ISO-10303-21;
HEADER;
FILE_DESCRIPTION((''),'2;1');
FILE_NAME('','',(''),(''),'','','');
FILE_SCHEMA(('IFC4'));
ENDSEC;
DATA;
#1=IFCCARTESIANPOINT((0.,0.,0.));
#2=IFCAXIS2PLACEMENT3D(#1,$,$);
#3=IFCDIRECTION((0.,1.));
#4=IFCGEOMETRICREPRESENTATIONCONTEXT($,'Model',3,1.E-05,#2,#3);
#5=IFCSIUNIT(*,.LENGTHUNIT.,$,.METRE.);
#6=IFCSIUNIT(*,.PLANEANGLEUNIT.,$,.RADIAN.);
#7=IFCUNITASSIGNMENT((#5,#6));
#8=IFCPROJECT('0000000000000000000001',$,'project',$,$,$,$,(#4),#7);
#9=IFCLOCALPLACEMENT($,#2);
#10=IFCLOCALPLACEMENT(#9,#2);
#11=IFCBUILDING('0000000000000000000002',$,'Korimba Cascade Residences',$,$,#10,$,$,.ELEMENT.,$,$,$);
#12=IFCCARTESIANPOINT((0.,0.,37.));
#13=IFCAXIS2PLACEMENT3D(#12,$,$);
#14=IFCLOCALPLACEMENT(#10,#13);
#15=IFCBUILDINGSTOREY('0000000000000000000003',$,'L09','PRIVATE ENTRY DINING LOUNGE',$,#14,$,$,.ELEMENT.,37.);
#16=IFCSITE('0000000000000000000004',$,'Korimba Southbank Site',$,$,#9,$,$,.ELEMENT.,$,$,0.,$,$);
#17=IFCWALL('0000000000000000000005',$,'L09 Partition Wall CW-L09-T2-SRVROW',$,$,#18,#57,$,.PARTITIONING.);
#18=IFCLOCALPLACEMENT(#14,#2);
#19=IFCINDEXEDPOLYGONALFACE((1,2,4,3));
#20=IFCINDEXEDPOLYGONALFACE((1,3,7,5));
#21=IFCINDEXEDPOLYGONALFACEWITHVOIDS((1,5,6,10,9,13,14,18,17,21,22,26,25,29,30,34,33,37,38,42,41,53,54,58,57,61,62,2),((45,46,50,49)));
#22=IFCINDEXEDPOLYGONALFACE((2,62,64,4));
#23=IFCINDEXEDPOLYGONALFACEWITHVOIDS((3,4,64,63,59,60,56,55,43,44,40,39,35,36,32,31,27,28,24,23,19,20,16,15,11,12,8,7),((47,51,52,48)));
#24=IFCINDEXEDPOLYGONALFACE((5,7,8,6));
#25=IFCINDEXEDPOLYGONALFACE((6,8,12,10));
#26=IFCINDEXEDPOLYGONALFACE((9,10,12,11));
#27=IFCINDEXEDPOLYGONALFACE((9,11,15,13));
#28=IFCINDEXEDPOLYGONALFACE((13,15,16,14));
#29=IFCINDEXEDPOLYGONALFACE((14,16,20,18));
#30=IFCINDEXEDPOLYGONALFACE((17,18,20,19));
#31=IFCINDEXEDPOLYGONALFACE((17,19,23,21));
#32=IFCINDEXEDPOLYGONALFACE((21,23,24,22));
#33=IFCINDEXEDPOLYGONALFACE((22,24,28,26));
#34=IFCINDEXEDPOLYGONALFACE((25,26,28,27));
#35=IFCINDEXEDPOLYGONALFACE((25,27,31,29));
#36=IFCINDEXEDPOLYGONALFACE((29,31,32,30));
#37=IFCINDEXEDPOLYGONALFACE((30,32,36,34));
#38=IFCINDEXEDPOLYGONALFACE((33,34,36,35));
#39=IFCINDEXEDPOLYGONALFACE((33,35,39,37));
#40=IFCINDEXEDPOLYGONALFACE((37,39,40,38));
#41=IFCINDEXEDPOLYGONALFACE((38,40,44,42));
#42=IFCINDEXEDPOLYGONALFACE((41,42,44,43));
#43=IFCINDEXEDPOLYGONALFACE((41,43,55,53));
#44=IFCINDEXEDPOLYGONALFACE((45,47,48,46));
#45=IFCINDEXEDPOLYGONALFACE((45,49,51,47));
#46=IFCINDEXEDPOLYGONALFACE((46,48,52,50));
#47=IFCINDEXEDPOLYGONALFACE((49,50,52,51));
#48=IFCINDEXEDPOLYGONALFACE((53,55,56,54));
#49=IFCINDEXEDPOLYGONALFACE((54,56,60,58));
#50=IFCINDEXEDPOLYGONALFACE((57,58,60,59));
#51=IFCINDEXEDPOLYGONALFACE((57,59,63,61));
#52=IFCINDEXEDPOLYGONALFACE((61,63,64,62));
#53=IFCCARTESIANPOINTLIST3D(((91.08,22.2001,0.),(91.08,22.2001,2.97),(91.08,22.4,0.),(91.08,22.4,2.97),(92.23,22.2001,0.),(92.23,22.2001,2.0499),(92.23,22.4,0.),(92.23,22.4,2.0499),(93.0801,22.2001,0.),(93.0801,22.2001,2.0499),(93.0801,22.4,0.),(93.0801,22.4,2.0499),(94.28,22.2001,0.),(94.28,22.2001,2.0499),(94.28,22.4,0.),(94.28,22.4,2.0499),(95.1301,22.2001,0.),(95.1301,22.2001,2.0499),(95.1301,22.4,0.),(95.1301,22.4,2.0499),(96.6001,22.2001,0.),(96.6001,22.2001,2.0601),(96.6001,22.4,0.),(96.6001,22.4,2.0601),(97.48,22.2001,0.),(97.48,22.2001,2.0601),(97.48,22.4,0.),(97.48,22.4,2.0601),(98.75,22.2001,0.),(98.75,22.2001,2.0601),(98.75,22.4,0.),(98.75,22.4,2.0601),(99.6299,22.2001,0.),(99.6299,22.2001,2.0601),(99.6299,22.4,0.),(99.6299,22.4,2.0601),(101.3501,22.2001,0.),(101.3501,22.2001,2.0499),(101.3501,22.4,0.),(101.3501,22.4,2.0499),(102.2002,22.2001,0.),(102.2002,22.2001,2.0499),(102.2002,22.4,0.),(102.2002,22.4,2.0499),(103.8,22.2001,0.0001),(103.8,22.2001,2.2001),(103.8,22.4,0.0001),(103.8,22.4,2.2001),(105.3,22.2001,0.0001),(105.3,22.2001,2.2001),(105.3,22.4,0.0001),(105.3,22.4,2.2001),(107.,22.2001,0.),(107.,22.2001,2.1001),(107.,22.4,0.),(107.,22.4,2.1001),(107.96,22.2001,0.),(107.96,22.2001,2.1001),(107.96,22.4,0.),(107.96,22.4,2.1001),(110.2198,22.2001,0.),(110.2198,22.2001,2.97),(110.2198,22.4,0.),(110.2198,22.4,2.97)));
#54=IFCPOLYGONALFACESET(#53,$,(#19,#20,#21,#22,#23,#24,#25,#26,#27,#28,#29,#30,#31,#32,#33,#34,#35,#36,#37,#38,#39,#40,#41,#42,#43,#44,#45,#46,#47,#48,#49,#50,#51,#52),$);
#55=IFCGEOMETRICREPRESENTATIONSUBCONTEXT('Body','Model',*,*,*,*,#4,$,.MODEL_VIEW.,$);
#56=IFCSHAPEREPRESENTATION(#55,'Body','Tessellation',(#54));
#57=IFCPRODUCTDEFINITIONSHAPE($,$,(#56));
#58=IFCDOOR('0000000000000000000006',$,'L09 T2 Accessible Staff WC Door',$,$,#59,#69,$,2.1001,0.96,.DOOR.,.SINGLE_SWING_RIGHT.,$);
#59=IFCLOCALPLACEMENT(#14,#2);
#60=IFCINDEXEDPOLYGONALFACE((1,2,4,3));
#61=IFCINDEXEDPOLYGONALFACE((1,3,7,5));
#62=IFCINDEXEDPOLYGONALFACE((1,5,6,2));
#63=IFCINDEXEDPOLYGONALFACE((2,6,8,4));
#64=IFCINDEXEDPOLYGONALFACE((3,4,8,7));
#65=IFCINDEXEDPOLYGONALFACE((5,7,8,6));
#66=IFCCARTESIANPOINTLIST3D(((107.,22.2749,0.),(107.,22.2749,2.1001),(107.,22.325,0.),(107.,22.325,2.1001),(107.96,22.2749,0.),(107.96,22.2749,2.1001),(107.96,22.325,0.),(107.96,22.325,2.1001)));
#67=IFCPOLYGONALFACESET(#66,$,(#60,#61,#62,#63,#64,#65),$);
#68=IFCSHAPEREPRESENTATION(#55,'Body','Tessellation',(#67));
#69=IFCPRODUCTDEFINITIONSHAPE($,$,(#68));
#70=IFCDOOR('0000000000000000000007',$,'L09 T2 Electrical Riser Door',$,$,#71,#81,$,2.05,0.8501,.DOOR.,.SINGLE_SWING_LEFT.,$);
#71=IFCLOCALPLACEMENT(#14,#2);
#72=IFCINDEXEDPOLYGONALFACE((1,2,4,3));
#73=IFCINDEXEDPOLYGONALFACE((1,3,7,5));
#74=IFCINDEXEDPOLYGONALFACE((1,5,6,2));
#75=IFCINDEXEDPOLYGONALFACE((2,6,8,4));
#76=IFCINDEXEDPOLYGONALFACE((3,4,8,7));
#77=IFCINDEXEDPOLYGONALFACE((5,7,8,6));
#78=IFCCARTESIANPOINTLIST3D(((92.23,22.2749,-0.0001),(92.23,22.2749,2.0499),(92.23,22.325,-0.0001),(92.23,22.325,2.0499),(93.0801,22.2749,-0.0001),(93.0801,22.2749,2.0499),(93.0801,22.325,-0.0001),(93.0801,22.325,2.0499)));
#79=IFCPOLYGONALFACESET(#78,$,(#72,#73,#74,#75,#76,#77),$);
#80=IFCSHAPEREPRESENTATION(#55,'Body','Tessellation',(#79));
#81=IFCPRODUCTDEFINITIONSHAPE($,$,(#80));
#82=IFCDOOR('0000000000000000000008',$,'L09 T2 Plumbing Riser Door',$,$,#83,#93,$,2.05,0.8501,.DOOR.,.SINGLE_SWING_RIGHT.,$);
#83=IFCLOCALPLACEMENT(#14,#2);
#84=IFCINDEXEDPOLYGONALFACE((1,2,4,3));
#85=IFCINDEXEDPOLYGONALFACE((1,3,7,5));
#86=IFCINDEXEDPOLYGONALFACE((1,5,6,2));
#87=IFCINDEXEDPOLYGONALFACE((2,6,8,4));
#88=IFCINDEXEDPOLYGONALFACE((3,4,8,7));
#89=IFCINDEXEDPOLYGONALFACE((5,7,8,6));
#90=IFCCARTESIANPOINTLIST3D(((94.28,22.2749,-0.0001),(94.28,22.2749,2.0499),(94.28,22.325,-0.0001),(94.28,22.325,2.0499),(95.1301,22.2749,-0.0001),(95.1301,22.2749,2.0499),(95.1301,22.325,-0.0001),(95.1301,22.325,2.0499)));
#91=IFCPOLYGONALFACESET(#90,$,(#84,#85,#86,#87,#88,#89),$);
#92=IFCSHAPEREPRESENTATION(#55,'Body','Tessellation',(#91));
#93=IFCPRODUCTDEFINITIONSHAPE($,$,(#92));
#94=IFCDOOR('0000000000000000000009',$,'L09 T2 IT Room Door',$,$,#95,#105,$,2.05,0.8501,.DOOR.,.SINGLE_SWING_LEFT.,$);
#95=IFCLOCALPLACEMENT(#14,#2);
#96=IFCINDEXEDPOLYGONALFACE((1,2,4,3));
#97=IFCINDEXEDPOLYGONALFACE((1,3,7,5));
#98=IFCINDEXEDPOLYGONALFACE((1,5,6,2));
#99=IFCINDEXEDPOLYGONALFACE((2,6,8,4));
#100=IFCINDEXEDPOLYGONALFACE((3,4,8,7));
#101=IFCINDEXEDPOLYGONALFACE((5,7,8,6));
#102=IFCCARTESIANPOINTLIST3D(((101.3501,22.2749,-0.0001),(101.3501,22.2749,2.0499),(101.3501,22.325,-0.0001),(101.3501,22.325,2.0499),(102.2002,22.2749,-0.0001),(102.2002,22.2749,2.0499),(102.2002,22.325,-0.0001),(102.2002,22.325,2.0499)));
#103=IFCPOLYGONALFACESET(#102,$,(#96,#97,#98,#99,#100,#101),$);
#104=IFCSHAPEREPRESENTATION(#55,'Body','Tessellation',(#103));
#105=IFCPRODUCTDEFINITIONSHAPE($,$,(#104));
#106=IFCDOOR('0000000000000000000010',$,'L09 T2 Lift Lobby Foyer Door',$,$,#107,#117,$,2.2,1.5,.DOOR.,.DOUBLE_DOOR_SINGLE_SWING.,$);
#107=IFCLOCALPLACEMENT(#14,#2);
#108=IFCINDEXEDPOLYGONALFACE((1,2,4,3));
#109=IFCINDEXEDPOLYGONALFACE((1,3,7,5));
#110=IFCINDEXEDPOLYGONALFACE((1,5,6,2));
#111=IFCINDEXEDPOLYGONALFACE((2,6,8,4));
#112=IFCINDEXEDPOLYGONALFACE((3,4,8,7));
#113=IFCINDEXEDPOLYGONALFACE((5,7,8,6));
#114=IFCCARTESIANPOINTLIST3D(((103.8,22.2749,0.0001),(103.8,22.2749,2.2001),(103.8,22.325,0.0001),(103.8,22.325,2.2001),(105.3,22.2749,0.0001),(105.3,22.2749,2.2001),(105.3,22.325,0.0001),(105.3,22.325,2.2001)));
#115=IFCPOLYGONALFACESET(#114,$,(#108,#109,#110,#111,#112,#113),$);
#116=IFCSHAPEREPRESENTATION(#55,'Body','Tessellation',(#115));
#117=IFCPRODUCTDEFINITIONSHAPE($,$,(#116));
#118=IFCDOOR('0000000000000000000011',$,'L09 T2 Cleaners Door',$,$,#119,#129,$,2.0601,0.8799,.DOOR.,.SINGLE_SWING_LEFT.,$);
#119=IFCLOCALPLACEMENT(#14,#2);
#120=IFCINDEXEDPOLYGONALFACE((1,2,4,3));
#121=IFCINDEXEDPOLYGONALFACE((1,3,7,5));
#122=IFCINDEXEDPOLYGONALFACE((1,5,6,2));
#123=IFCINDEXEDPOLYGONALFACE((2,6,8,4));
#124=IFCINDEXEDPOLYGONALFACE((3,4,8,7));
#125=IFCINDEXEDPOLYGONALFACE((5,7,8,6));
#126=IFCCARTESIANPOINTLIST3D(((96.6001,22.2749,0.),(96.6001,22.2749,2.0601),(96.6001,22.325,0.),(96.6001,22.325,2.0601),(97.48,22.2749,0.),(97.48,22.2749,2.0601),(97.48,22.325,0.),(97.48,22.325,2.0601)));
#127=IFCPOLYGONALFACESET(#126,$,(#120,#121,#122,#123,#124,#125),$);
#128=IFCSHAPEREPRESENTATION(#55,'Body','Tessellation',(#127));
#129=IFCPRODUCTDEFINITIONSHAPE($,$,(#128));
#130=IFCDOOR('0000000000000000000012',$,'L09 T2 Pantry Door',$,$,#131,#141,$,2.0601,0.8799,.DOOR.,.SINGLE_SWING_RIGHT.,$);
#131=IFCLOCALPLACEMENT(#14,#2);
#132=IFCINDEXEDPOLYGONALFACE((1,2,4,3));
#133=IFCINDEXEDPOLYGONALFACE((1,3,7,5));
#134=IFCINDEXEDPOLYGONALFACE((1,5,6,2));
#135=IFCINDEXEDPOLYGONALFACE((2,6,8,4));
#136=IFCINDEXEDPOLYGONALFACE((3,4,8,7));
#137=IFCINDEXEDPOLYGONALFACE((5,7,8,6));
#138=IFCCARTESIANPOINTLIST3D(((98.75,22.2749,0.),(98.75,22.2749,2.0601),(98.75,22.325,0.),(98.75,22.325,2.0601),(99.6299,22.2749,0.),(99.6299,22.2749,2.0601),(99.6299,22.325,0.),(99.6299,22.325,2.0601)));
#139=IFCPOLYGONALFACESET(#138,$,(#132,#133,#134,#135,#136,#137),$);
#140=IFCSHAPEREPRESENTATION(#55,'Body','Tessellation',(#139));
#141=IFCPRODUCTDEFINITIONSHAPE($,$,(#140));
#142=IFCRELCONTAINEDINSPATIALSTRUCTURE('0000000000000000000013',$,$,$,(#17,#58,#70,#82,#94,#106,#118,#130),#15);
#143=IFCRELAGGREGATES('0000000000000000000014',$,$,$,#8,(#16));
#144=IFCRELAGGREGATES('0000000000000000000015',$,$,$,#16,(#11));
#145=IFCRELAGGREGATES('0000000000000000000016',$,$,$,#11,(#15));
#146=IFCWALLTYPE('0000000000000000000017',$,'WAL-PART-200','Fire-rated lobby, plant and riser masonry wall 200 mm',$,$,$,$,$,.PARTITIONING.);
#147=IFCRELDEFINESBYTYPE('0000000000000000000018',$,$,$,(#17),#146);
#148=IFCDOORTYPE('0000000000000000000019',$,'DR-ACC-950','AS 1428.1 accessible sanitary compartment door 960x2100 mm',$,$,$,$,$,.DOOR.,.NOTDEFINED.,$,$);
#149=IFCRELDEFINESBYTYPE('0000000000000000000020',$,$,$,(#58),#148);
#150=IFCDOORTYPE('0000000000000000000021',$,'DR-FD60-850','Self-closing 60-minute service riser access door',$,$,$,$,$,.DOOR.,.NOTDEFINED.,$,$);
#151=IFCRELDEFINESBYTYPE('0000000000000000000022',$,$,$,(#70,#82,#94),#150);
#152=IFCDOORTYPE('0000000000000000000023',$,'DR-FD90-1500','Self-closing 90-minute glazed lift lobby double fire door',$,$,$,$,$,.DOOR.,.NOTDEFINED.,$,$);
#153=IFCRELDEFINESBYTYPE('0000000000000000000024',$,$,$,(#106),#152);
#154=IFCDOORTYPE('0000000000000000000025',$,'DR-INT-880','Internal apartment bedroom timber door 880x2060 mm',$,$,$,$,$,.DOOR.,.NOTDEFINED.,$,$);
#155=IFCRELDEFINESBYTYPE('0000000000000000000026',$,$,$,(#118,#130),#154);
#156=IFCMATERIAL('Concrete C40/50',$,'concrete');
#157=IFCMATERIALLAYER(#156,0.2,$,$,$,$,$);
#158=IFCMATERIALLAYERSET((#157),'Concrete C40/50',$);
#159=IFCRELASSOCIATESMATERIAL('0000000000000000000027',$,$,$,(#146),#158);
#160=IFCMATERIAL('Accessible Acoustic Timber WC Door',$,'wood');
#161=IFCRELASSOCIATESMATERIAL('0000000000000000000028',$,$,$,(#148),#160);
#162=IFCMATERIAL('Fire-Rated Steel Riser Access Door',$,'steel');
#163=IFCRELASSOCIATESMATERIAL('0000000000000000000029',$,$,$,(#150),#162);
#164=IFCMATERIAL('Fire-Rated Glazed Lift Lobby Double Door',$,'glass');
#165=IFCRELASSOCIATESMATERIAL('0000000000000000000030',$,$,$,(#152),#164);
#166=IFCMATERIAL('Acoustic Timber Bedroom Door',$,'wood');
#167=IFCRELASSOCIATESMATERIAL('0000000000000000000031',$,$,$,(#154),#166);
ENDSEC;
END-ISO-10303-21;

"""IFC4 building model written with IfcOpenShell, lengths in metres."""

from ifc_helpers import new_model, si_unit, direction, frame, frame_2d, origin, place, context, subcontext, project, spatial, rectangle, extrude, material, layer, layer_set, type_object, element, fill, save


model = new_model("IFC4")

# Units and contexts
model_context = context("Model", 3, precision=1e-05, world=origin(), true_north=direction((0.0, 1.0)))
body_context = subcontext(model_context, "Body", "Model", "MODEL_VIEW")
ifc_project = project(units=[si_unit("LENGTHUNIT", "METRE"), si_unit("PLANEANGLEUNIT", "RADIAN")], contexts=[model_context])

# Site, building, storey
site_placement = place(None, origin())
site = spatial("IfcSite", under=ifc_project, at=site_placement, Name="Korimba Southbank Site", CompositionType="ELEMENT", RefElevation=0.0)
building_placement = place(site_placement, origin())
building = spatial("IfcBuilding", under=site, at=building_placement, Name="Korimba Cascade Residences", CompositionType="ELEMENT")
storey_placement = place(building_placement, frame((0.0, 0.0, 37.0)))
storey = spatial("IfcBuildingStorey", under=building, at=storey_placement, Name="L09", Description="PRIVATE ENTRY DINING LOUNGE", CompositionType="ELEMENT", Elevation=37.0)

# Shared definitions
ifc_material_1 = material(Name="Concrete C40/50", Category="concrete")
ifc_layer_1 = layer(ifc_material_1, 0.2)
ifc_layer_set_1 = layer_set([ifc_layer_1], Name="Concrete C40/50")
wall_type_1 = type_object("IfcWallType", Name="WAL-PART-200", Description="Fire-rated lobby, plant and riser masonry wall 200 mm", PredefinedType="PARTITIONING", material=ifc_layer_set_1)

# Wall, openings, doors
wall_1_placement = place(storey_placement, frame((91.0801, 22.3, 0.0), z_axis=(0.0, 0.0, 1.0), x_axis=(1.0, 0.0, 0.0)))
wall_1 = element("IfcWall", 1, at=wall_1_placement, inside=storey, type_object=wall_type_1, Name="L09 Partition Wall CW-L09-T2-SRVROW", PredefinedType="PARTITIONING", context=body_context, shape_type="SweptSolid", body=[
    extrude(rectangle(XDim=19.1399, YDim=0.2, at=frame_2d((9.5698, 0.0))), origin(), (0.0, 0.0, 1.0), 2.97),
])
opening_1_placement = place(wall_1_placement, frame((1.1499, 0.0, 0.0)))
opening_1 = element("IfcOpeningElement", 2, at=opening_1_placement, cuts=wall_1, PredefinedType="OPENING", context=body_context, shape_type="SweptSolid", body=[
    extrude(rectangle(XDim=0.8501, YDim=2.05, at=frame_2d((0.425, 1.0249))), frame((0.0, 0.1099, 0.0), z_axis=(0.0, -1.0, 0.0), x_axis=(1.0, 0.0, 0.0)), (0.0, 0.0, 1.0), 0.22),
])
opening_2_placement = place(wall_1_placement, frame((3.2, 0.0, 0.0)))
opening_2 = element("IfcOpeningElement", 3, at=opening_2_placement, cuts=wall_1, PredefinedType="OPENING", context=body_context, shape_type="SweptSolid", body=[
    extrude(rectangle(XDim=0.8501, YDim=2.05, at=frame_2d((0.425, 1.0249))), frame((0.0, 0.1099, 0.0), z_axis=(0.0, -1.0, 0.0), x_axis=(1.0, 0.0, 0.0)), (0.0, 0.0, 1.0), 0.22),
])
opening_3_placement = place(wall_1_placement, frame((12.72, 0.0, 0.0)))
opening_3 = element("IfcOpeningElement", 4, at=opening_3_placement, cuts=wall_1, PredefinedType="OPENING", context=body_context, shape_type="SweptSolid", body=[
    extrude(rectangle(XDim=1.5, YDim=2.2, at=frame_2d((0.75, 1.1001))), frame((0.0, 0.1099, 0.0), z_axis=(0.0, -1.0, 0.0), x_axis=(1.0, 0.0, 0.0)), (0.0, 0.0, 1.0), 0.22),
])
opening_4_placement = place(wall_1_placement, frame((5.52, 0.0, 0.0)))
opening_4 = element("IfcOpeningElement", 5, at=opening_4_placement, cuts=wall_1, PredefinedType="OPENING", context=body_context, shape_type="SweptSolid", body=[
    extrude(rectangle(XDim=0.8799, YDim=2.0601, at=frame_2d((0.4399, 1.03))), frame((0.0, 0.1099, 0.0), z_axis=(0.0, -1.0, 0.0), x_axis=(1.0, 0.0, 0.0)), (0.0, 0.0, 1.0), 0.22),
])
opening_5_placement = place(wall_1_placement, frame((7.6699, 0.0, 0.0)))
opening_5 = element("IfcOpeningElement", 6, at=opening_5_placement, cuts=wall_1, PredefinedType="OPENING", context=body_context, shape_type="SweptSolid", body=[
    extrude(rectangle(XDim=0.8799, YDim=2.0601, at=frame_2d((0.4399, 1.03))), frame((0.0, 0.1099, 0.0), z_axis=(0.0, -1.0, 0.0), x_axis=(1.0, 0.0, 0.0)), (0.0, 0.0, 1.0), 0.22),
])
opening_6_placement = place(wall_1_placement, frame((10.27, 0.0, 0.0)))
opening_6 = element("IfcOpeningElement", 7, at=opening_6_placement, cuts=wall_1, PredefinedType="OPENING", context=body_context, shape_type="SweptSolid", body=[
    extrude(rectangle(XDim=0.8501, YDim=2.05, at=frame_2d((0.425, 1.0249))), frame((0.0, 0.1099, 0.0), z_axis=(0.0, -1.0, 0.0), x_axis=(1.0, 0.0, 0.0)), (0.0, 0.0, 1.0), 0.22),
])
opening_7_placement = place(wall_1_placement, frame((15.9199, 0.0, 0.0)))
opening_7 = element("IfcOpeningElement", 8, at=opening_7_placement, cuts=wall_1, PredefinedType="OPENING", context=body_context, shape_type="SweptSolid", body=[
    extrude(rectangle(XDim=0.96, YDim=2.1001, at=frame_2d((0.48, 1.05))), frame((0.0, 0.1099, 0.0), z_axis=(0.0, -1.0, 0.0), x_axis=(1.0, 0.0, 0.0)), (0.0, 0.0, 1.0), 0.22),
])
ifc_material_2 = material(Name="Accessible Acoustic Timber WC Door", Category="wood")
door_type_1 = type_object("IfcDoorType", Name="DR-ACC-950", Description="AS 1428.1 accessible sanitary compartment door 960x2100 mm", OperationType="NOTDEFINED", PredefinedType="DOOR", material=ifc_material_2)
door_1_placement = place(opening_7_placement, origin())
door_1 = element("IfcDoor", 9, at=door_1_placement, inside=storey, type_object=door_type_1, Name="L09 T2 Accessible Staff WC Door", OperationType="SINGLE_SWING_RIGHT", OverallHeight=2.1001, OverallWidth=0.96, PredefinedType="DOOR", context=body_context, shape_type="SweptSolid", body=[
    extrude(rectangle(XDim=0.96, YDim=2.1001, at=frame_2d((0.48, 1.05))), frame((0.0, 0.0249, 0.0), z_axis=(0.0, -1.0, 0.0), x_axis=(1.0, 0.0, 0.0)), (0.0, 0.0, 1.0), 0.05),
])
fill(opening_7, door_1)
ifc_material_3 = material(Name="Fire-Rated Steel Riser Access Door", Category="steel")
door_type_2 = type_object("IfcDoorType", Name="DR-FD60-850", Description="Self-closing 60-minute service riser access door", OperationType="NOTDEFINED", PredefinedType="DOOR", material=ifc_material_3)
door_2_placement = place(opening_1_placement, origin())
door_2 = element("IfcDoor", 10, at=door_2_placement, inside=storey, type_object=door_type_2, Name="L09 T2 Electrical Riser Door", OperationType="SINGLE_SWING_LEFT", OverallHeight=2.05, OverallWidth=0.8501, PredefinedType="DOOR", context=body_context, shape_type="SweptSolid", body=[
    extrude(rectangle(XDim=0.8501, YDim=2.05, at=frame_2d((0.425, 1.0249))), frame((0.0, 0.0249, 0.0), z_axis=(0.0, -1.0, 0.0), x_axis=(1.0, 0.0, 0.0)), (0.0, 0.0, 1.0), 0.05),
])
fill(opening_1, door_2)
door_3_placement = place(opening_2_placement, origin())
door_3 = element("IfcDoor", 11, at=door_3_placement, inside=storey, type_object=door_type_2, Name="L09 T2 Plumbing Riser Door", OperationType="SINGLE_SWING_RIGHT", OverallHeight=2.05, OverallWidth=0.8501, PredefinedType="DOOR", context=body_context, shape_type="SweptSolid", body=[
    extrude(rectangle(XDim=0.8501, YDim=2.05, at=frame_2d((0.425, 1.0249))), frame((0.0, 0.0249, 0.0), z_axis=(0.0, -1.0, 0.0), x_axis=(1.0, 0.0, 0.0)), (0.0, 0.0, 1.0), 0.05),
])
fill(opening_2, door_3)
door_4_placement = place(opening_6_placement, origin())
door_4 = element("IfcDoor", 12, at=door_4_placement, inside=storey, type_object=door_type_2, Name="L09 T2 IT Room Door", OperationType="SINGLE_SWING_LEFT", OverallHeight=2.05, OverallWidth=0.8501, PredefinedType="DOOR", context=body_context, shape_type="SweptSolid", body=[
    extrude(rectangle(XDim=0.8501, YDim=2.05, at=frame_2d((0.425, 1.0249))), frame((0.0, 0.0249, 0.0), z_axis=(0.0, -1.0, 0.0), x_axis=(1.0, 0.0, 0.0)), (0.0, 0.0, 1.0), 0.05),
])
fill(opening_6, door_4)
ifc_material_4 = material(Name="Fire-Rated Glazed Lift Lobby Double Door", Category="glass")
door_type_3 = type_object("IfcDoorType", Name="DR-FD90-1500", Description="Self-closing 90-minute glazed lift lobby double fire door", OperationType="NOTDEFINED", PredefinedType="DOOR", material=ifc_material_4)
door_5_placement = place(opening_3_placement, origin())
door_5 = element("IfcDoor", 13, at=door_5_placement, inside=storey, type_object=door_type_3, Name="L09 T2 Lift Lobby Foyer Door", OperationType="DOUBLE_DOOR_SINGLE_SWING", OverallHeight=2.2, OverallWidth=1.5, PredefinedType="DOOR", context=body_context, shape_type="SweptSolid", body=[
    extrude(rectangle(XDim=1.5, YDim=2.2, at=frame_2d((0.75, 1.1001))), frame((0.0, 0.0249, 0.0), z_axis=(0.0, -1.0, 0.0), x_axis=(1.0, 0.0, 0.0)), (0.0, 0.0, 1.0), 0.05),
])
fill(opening_3, door_5)
ifc_material_5 = material(Name="Acoustic Timber Bedroom Door", Category="wood")
door_type_4 = type_object("IfcDoorType", Name="DR-INT-880", Description="Internal apartment bedroom timber door 880x2060 mm", OperationType="NOTDEFINED", PredefinedType="DOOR", material=ifc_material_5)
door_6_placement = place(opening_4_placement, origin())
door_6 = element("IfcDoor", 14, at=door_6_placement, inside=storey, type_object=door_type_4, Name="L09 T2 Cleaners Door", OperationType="SINGLE_SWING_LEFT", OverallHeight=2.0601, OverallWidth=0.8799, PredefinedType="DOOR", context=body_context, shape_type="SweptSolid", body=[
    extrude(rectangle(XDim=0.8799, YDim=2.0601, at=frame_2d((0.4399, 1.03))), frame((0.0, 0.0249, 0.0), z_axis=(0.0, -1.0, 0.0), x_axis=(1.0, 0.0, 0.0)), (0.0, 0.0, 1.0), 0.05),
])
fill(opening_4, door_6)
door_7_placement = place(opening_5_placement, origin())
door_7 = element("IfcDoor", 15, at=door_7_placement, inside=storey, type_object=door_type_4, Name="L09 T2 Pantry Door", OperationType="SINGLE_SWING_RIGHT", OverallHeight=2.0601, OverallWidth=0.8799, PredefinedType="DOOR", context=body_context, shape_type="SweptSolid", body=[
    extrude(rectangle(XDim=0.8799, YDim=2.0601, at=frame_2d((0.4399, 1.03))), frame((0.0, 0.0249, 0.0), z_axis=(0.0, -1.0, 0.0), x_axis=(1.0, 0.0, 0.0)), (0.0, 0.0, 1.0), 0.05),
])
fill(opening_5, door_7)

save(model, "model.ifc")
